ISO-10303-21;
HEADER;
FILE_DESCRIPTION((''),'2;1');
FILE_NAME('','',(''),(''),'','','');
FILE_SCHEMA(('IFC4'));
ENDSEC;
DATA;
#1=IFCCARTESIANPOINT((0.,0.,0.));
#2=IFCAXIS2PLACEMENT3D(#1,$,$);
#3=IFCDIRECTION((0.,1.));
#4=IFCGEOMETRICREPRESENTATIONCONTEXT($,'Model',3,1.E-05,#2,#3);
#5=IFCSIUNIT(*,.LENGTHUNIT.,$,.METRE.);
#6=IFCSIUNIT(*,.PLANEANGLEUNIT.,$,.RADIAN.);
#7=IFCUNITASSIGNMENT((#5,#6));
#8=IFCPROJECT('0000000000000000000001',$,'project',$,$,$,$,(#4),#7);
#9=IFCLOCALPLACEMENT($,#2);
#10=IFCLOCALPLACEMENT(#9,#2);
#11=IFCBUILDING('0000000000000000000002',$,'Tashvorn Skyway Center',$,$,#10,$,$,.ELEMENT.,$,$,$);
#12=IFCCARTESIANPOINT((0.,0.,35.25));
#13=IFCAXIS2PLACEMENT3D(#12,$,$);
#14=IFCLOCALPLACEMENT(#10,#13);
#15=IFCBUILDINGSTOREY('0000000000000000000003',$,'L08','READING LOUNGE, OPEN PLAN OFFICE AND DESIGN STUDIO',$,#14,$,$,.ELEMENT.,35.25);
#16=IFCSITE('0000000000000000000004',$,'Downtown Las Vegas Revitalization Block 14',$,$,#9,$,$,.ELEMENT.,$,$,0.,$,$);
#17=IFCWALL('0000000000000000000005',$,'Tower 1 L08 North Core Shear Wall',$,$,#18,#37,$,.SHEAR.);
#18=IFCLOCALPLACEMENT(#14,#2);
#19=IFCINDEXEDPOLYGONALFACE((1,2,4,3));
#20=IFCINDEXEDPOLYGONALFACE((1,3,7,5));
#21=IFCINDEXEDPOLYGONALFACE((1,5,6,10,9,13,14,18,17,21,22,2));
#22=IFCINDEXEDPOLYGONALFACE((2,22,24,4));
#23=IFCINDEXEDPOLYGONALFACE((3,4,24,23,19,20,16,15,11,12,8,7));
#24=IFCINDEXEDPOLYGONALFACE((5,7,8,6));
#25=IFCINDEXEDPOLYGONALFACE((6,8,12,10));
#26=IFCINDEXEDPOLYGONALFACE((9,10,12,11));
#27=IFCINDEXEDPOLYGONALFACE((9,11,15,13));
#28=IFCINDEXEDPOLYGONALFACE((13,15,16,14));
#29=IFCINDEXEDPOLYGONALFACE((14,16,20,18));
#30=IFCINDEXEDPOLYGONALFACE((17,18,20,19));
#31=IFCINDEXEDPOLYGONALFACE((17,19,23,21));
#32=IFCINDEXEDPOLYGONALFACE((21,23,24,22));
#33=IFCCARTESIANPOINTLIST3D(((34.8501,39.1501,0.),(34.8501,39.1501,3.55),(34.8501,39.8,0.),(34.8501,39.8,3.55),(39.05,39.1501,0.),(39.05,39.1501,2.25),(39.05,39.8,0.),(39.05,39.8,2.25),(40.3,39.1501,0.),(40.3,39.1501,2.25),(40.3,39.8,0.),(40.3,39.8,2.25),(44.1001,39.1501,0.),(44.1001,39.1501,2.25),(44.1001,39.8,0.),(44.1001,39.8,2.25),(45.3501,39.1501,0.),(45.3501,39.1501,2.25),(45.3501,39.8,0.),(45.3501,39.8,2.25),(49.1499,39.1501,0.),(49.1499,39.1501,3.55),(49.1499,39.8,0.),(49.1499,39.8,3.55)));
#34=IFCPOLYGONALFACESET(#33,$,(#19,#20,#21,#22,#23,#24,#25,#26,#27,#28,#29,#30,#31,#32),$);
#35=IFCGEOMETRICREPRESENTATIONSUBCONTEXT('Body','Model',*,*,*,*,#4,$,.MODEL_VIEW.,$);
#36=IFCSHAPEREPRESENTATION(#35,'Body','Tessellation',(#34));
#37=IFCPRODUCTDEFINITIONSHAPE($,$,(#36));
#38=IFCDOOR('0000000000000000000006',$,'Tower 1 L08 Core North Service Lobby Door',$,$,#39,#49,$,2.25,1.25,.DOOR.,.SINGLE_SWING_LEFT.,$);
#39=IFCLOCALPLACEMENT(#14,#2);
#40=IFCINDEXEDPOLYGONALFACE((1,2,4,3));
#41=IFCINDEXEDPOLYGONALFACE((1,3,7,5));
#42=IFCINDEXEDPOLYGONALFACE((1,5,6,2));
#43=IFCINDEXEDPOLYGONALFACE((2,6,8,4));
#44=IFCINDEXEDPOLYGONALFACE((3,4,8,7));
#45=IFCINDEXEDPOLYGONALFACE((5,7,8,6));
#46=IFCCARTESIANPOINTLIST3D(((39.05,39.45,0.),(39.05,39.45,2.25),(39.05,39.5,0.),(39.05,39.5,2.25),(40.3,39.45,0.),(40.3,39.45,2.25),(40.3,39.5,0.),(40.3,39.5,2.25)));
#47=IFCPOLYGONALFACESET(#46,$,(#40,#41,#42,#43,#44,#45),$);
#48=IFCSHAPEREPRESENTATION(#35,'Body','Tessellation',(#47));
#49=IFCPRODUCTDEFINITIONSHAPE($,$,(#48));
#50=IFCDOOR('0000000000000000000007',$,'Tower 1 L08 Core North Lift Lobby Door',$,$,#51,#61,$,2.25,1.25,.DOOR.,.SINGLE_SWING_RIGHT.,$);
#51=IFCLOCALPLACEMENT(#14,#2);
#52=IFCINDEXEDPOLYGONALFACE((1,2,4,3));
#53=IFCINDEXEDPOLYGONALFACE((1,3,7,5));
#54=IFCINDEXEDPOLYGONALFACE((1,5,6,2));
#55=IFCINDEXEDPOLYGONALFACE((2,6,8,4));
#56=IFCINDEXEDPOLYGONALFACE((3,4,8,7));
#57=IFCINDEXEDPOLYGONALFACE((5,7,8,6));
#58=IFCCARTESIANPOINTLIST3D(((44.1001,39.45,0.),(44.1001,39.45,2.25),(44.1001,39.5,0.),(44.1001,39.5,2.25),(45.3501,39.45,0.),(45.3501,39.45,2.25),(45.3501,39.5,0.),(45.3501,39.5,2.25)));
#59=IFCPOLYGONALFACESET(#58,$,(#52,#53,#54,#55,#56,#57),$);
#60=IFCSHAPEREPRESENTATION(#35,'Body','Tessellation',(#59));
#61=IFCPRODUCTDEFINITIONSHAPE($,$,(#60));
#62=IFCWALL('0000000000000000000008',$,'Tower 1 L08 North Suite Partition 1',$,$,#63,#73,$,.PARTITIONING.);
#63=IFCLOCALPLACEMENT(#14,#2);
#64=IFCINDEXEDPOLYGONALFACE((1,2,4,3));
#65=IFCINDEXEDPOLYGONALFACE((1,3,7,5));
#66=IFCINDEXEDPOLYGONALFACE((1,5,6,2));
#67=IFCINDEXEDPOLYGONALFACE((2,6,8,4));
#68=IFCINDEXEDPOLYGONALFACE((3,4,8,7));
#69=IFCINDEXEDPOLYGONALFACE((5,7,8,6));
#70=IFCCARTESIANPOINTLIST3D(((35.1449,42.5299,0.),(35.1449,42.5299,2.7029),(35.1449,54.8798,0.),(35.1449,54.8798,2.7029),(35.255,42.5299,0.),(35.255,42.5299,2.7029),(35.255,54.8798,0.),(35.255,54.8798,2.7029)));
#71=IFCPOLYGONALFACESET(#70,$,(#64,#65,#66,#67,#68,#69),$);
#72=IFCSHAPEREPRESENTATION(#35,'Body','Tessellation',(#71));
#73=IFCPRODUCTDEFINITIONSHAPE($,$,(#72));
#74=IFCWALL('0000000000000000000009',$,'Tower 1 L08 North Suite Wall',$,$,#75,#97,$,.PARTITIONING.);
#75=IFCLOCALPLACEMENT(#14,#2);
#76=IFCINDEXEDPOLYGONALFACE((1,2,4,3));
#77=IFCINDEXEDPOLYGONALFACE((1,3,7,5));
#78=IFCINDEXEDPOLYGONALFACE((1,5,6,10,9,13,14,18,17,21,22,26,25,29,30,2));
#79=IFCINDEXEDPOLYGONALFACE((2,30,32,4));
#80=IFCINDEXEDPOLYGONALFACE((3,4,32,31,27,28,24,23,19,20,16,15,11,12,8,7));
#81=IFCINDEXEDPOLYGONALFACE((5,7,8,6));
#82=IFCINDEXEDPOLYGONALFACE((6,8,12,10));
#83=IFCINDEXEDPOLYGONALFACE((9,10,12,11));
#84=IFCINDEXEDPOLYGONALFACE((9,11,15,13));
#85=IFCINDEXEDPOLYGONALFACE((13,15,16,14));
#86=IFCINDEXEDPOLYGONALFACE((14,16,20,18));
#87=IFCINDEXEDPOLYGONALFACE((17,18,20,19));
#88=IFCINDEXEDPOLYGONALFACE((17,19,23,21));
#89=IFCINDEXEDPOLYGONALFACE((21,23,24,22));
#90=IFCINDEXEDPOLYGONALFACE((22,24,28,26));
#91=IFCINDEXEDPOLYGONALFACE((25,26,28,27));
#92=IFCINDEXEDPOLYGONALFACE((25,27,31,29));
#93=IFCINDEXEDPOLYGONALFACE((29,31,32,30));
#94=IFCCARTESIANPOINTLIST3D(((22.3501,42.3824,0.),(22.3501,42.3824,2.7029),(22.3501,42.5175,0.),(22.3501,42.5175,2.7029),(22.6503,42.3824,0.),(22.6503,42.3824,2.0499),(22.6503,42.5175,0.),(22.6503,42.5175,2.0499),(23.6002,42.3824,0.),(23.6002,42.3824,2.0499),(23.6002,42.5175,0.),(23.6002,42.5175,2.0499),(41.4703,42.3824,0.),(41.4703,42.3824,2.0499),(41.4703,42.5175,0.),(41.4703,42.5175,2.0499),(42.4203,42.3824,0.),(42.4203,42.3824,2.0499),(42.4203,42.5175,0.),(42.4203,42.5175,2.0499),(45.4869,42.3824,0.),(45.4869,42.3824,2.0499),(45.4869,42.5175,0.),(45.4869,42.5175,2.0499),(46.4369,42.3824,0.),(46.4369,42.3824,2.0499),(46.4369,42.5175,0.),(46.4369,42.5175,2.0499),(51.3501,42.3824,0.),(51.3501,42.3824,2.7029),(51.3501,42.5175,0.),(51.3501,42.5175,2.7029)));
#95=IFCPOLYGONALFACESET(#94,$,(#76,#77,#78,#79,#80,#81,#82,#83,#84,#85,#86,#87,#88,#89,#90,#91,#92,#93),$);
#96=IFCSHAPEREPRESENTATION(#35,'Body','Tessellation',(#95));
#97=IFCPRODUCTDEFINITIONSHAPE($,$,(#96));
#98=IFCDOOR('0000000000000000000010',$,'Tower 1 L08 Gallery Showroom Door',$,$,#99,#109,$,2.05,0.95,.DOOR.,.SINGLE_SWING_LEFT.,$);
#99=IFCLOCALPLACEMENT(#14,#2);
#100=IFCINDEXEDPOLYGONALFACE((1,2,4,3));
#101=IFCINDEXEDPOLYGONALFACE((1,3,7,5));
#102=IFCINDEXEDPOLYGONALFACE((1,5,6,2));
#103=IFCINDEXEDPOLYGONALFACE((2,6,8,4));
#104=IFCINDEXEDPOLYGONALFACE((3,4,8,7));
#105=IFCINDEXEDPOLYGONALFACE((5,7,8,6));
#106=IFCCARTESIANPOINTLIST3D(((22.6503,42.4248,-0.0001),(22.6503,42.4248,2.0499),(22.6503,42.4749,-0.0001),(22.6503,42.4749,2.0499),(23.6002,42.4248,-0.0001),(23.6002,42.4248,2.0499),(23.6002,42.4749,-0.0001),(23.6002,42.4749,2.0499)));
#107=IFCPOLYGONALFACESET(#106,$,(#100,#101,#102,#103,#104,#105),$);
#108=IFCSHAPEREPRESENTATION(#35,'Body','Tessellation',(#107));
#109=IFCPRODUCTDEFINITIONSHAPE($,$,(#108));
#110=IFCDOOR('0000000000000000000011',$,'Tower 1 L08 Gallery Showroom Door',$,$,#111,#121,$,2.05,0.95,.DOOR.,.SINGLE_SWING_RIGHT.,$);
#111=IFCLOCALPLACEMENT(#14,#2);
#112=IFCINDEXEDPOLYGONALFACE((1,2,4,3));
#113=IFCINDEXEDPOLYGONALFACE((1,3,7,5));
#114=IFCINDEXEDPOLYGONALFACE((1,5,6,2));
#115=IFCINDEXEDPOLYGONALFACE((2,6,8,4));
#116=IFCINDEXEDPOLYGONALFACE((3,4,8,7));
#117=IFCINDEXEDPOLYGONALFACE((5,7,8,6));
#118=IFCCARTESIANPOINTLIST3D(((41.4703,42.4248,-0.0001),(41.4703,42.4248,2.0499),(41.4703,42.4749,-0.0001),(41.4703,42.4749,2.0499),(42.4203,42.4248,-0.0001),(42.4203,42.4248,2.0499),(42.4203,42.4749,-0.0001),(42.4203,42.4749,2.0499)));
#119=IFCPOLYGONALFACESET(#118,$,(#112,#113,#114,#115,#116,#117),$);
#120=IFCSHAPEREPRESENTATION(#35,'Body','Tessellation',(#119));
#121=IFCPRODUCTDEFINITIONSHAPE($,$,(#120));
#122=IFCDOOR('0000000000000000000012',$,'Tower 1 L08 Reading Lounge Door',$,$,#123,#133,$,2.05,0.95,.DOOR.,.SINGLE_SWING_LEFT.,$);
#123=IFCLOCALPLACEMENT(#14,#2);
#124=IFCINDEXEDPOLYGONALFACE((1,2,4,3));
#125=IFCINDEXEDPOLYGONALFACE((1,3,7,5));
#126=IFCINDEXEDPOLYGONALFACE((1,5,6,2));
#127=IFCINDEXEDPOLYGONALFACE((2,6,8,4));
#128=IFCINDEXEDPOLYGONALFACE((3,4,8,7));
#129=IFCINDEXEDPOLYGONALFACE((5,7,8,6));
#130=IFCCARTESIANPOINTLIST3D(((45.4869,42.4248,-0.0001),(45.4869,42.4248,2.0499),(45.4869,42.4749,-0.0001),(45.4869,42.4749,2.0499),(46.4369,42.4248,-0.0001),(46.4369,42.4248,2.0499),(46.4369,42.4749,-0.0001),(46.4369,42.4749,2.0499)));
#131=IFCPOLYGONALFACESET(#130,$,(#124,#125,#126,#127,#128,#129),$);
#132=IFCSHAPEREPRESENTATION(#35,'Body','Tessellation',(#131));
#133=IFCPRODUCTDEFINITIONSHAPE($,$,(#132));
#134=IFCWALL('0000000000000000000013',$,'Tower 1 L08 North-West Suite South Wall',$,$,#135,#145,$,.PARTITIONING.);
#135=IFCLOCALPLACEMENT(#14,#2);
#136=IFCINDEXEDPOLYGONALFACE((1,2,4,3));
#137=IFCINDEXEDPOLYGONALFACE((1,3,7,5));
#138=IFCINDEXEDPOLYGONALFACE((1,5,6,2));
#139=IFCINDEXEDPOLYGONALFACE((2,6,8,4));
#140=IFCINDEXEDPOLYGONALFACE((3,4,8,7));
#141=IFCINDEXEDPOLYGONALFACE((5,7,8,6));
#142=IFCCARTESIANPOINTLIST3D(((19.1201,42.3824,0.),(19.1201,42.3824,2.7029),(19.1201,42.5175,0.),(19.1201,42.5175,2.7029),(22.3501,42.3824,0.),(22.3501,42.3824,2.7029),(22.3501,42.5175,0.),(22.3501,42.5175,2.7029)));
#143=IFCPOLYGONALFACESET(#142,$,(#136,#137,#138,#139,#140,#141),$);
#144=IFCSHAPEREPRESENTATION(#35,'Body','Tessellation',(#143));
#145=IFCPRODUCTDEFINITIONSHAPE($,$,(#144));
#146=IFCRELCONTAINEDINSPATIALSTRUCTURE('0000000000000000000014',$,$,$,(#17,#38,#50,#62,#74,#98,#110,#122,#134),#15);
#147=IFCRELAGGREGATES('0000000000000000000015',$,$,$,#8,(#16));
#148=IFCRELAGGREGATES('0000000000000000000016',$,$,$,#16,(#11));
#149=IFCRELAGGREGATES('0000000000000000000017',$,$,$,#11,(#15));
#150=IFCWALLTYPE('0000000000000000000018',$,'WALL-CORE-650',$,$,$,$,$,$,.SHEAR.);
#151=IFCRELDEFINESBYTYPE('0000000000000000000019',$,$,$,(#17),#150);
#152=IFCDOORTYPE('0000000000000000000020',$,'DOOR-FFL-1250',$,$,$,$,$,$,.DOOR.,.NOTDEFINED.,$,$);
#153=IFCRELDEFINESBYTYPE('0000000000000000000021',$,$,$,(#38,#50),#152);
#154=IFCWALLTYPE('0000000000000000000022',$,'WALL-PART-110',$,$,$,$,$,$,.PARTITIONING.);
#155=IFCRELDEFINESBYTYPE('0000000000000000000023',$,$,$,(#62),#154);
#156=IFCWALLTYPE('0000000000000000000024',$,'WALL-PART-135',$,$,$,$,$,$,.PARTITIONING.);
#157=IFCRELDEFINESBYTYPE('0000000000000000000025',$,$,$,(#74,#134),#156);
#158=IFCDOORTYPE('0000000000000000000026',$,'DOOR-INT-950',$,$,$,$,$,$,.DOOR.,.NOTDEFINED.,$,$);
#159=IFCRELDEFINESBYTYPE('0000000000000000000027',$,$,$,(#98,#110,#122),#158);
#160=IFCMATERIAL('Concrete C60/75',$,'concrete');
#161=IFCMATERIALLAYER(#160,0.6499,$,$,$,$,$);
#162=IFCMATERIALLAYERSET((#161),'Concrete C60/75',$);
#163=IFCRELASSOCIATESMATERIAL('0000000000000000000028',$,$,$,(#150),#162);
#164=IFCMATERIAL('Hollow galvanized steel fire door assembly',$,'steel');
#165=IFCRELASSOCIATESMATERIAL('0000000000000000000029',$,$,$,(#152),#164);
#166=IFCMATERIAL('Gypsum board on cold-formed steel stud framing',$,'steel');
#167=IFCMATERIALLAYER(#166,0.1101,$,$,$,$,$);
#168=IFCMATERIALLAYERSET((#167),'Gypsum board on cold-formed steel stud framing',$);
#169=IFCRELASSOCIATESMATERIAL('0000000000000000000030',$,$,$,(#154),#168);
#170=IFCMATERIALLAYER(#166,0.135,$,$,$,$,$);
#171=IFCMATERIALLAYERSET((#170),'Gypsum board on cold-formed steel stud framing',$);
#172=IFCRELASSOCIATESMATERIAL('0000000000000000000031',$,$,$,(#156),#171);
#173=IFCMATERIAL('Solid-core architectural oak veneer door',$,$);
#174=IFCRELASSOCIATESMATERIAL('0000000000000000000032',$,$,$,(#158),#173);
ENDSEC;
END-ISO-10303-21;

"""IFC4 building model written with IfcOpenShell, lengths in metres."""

from ifc_helpers import new_model, si_unit, direction, frame, frame_2d, origin, place, context, subcontext, project, spatial, rectangle, extrude, material, layer, layer_set, type_object, element, fill, save


model = new_model("IFC4")

# Units and contexts
model_context = context("Model", 3, precision=1e-05, world=origin(), true_north=direction((0.0, 1.0)))
body_context = subcontext(model_context, "Body", "Model", "MODEL_VIEW")
ifc_project = project(units=[si_unit("LENGTHUNIT", "METRE"), si_unit("PLANEANGLEUNIT", "RADIAN")], contexts=[model_context])

# Site, building, storey
site_placement = place(None, origin())
site = spatial("IfcSite", under=ifc_project, at=site_placement, Name="Downtown Las Vegas Revitalization Block 14", CompositionType="ELEMENT", RefElevation=0.0)
building_placement = place(site_placement, origin())
building = spatial("IfcBuilding", under=site, at=building_placement, Name="Tashvorn Skyway Center", CompositionType="ELEMENT")
storey_placement = place(building_placement, frame((0.0, 0.0, 35.25)))
storey = spatial("IfcBuildingStorey", under=building, at=storey_placement, Name="L08", Description="READING LOUNGE, OPEN PLAN OFFICE AND DESIGN STUDIO", CompositionType="ELEMENT", Elevation=35.25)

# Wall, openings, doors
ifc_material_1 = material(Name="Concrete C60/75", Category="concrete")
ifc_layer_1 = layer(ifc_material_1, 0.6499)
ifc_layer_set_1 = layer_set([ifc_layer_1], Name="Concrete C60/75")
wall_type_1 = type_object("IfcWallType", Name="WALL-CORE-650", PredefinedType="SHEAR", material=ifc_layer_set_1)
wall_1_placement = place(storey_placement, frame((34.8501, 39.4751, 0.0), z_axis=(0.0, 0.0, 1.0), x_axis=(1.0, 0.0, 0.0)))
wall_1 = element("IfcWall", 1, at=wall_1_placement, inside=storey, type_object=wall_type_1, Name="Tower 1 L08 North Core Shear Wall", PredefinedType="SHEAR", context=body_context, shape_type="SweptSolid", body=[
    extrude(rectangle(XDim=14.2998, YDim=0.6499, at=frame_2d((7.1499, 0.0))), origin(), (0.0, 0.0, 1.0), 3.55),
])
opening_1_placement = place(wall_1_placement, frame((4.2, 0.0, 0.0)))
opening_1 = element("IfcOpeningElement", 2, at=opening_1_placement, cuts=wall_1, PredefinedType="OPENING", context=body_context, shape_type="SweptSolid", body=[
    extrude(rectangle(XDim=1.25, YDim=2.25, at=frame_2d((0.625, 1.125))), frame((0.0, 0.335, 0.0), z_axis=(0.0, -1.0, 0.0), x_axis=(1.0, 0.0, 0.0)), (0.0, 0.0, 1.0), 0.6699),
])
opening_2_placement = place(wall_1_placement, frame((9.25, 0.0, 0.0)))
opening_2 = element("IfcOpeningElement", 3, at=opening_2_placement, cuts=wall_1, PredefinedType="OPENING", context=body_context, shape_type="SweptSolid", body=[
    extrude(rectangle(XDim=1.25, YDim=2.25, at=frame_2d((0.625, 1.125))), frame((0.0, 0.335, 0.0), z_axis=(0.0, -1.0, 0.0), x_axis=(1.0, 0.0, 0.0)), (0.0, 0.0, 1.0), 0.6699),
])
ifc_material_2 = material(Name="Hollow galvanized steel fire door assembly", Category="steel")
door_type_1 = type_object("IfcDoorType", Name="DOOR-FFL-1250", OperationType="NOTDEFINED", PredefinedType="DOOR", material=ifc_material_2)
door_1_placement = place(opening_1_placement, origin())
door_1 = element("IfcDoor", 4, at=door_1_placement, inside=storey, type_object=door_type_1, Name="Tower 1 L08 Core North Service Lobby Door", OperationType="SINGLE_SWING_LEFT", OverallHeight=2.25, OverallWidth=1.25, PredefinedType="DOOR", context=body_context, shape_type="SweptSolid", body=[
    extrude(rectangle(XDim=1.25, YDim=2.25, at=frame_2d((0.625, 1.125))), frame((0.0, 0.0249, 0.0), z_axis=(0.0, -1.0, 0.0), x_axis=(1.0, 0.0, 0.0)), (0.0, 0.0, 1.0), 0.05),
])
fill(opening_1, door_1)
door_2_placement = place(opening_2_placement, origin())
door_2 = element("IfcDoor", 5, at=door_2_placement, inside=storey, type_object=door_type_1, Name="Tower 1 L08 Core North Lift Lobby Door", OperationType="SINGLE_SWING_RIGHT", OverallHeight=2.25, OverallWidth=1.25, PredefinedType="DOOR", context=body_context, shape_type="SweptSolid", body=[
    extrude(rectangle(XDim=1.25, YDim=2.25, at=frame_2d((0.625, 1.125))), frame((0.0, 0.0249, 0.0), z_axis=(0.0, -1.0, 0.0), x_axis=(1.0, 0.0, 0.0)), (0.0, 0.0, 1.0), 0.05),
])
fill(opening_2, door_2)

# Wall
ifc_material_3 = material(Name="Gypsum board on cold-formed steel stud framing", Category="steel")
ifc_layer_2 = layer(ifc_material_3, 0.1101)
ifc_layer_set_2 = layer_set([ifc_layer_2], Name="Gypsum board on cold-formed steel stud framing")
wall_type_2 = type_object("IfcWallType", Name="WALL-PART-110", PredefinedType="PARTITIONING", material=ifc_layer_set_2)
wall_2_placement = place(storey_placement, frame((35.2, 42.53, 0.0), z_axis=(0.0, 0.0, 1.0), x_axis=(0.0, 1.0, 0.0)))
element("IfcWall", 6, at=wall_2_placement, inside=storey, type_object=wall_type_2, Name="Tower 1 L08 North Suite Partition 1", PredefinedType="PARTITIONING", context=body_context, shape_type="SweptSolid", body=[
    extrude(rectangle(XDim=12.3499, YDim=0.1101, at=frame_2d((6.1748, 0.0))), origin(), (0.0, 0.0, 1.0), 2.7029),
])

# Wall, openings, doors
ifc_layer_3 = layer(ifc_material_3, 0.135)
ifc_layer_set_3 = layer_set([ifc_layer_3], Name="Gypsum board on cold-formed steel stud framing")
wall_type_3 = type_object("IfcWallType", Name="WALL-PART-135", PredefinedType="PARTITIONING", material=ifc_layer_set_3)
wall_3_placement = place(storey_placement, frame((22.3501, 42.45, 0.0), z_axis=(0.0, 0.0, 1.0), x_axis=(1.0, 0.0, 0.0)))
wall_3 = element("IfcWall", 7, at=wall_3_placement, inside=storey, type_object=wall_type_3, Name="Tower 1 L08 North Suite Wall", PredefinedType="PARTITIONING", context=body_context, shape_type="SweptSolid", body=[
    extrude(rectangle(XDim=29.0, YDim=0.135, at=frame_2d((14.5, 0.0))), origin(), (0.0, 0.0, 1.0), 2.7029),
])
opening_3_placement = place(wall_3_placement, frame((0.3, 0.0, 0.0)))
opening_3 = element("IfcOpeningElement", 8, at=opening_3_placement, cuts=wall_3, PredefinedType="OPENING", context=body_context, shape_type="SweptSolid", body=[
    extrude(rectangle(XDim=0.95, YDim=2.05, at=frame_2d((0.4751, 1.0249))), frame((0.0, 0.0774, 0.0), z_axis=(0.0, -1.0, 0.0), x_axis=(1.0, 0.0, 0.0)), (0.0, 0.0, 1.0), 0.155),
])
opening_4_placement = place(wall_3_placement, frame((19.1201, 0.0, 0.0)))
opening_4 = element("IfcOpeningElement", 9, at=opening_4_placement, cuts=wall_3, PredefinedType="OPENING", context=body_context, shape_type="SweptSolid", body=[
    extrude(rectangle(XDim=0.95, YDim=2.05, at=frame_2d((0.4751, 1.0249))), frame((0.0, 0.0774, 0.0), z_axis=(0.0, -1.0, 0.0), x_axis=(1.0, 0.0, 0.0)), (0.0, 0.0, 1.0), 0.155),
])
opening_5_placement = place(wall_3_placement, frame((23.1367, 0.0, 0.0)))
opening_5 = element("IfcOpeningElement", 10, at=opening_5_placement, cuts=wall_3, PredefinedType="OPENING", context=body_context, shape_type="SweptSolid", body=[
    extrude(rectangle(XDim=0.95, YDim=2.05, at=frame_2d((0.4751, 1.0249))), frame((0.0, 0.0774, 0.0), z_axis=(0.0, -1.0, 0.0), x_axis=(1.0, 0.0, 0.0)), (0.0, 0.0, 1.0), 0.155),
])
ifc_material_4 = material(Name="Solid-core architectural oak veneer door")
door_type_2 = type_object("IfcDoorType", Name="DOOR-INT-950", OperationType="NOTDEFINED", PredefinedType="DOOR", material=ifc_material_4)
door_3_placement = place(opening_3_placement, origin())
door_3 = element("IfcDoor", 11, at=door_3_placement, inside=storey, type_object=door_type_2, Name="Tower 1 L08 Gallery Showroom Door", OperationType="SINGLE_SWING_LEFT", OverallHeight=2.05, OverallWidth=0.95, PredefinedType="DOOR", context=body_context, shape_type="SweptSolid", body=[
    extrude(rectangle(XDim=0.95, YDim=2.05, at=frame_2d((0.4751, 1.0249))), frame((0.0, 0.0249, 0.0), z_axis=(0.0, -1.0, 0.0), x_axis=(1.0, 0.0, 0.0)), (0.0, 0.0, 1.0), 0.05),
])
fill(opening_3, door_3)
door_4_placement = place(opening_4_placement, origin())
door_4 = element("IfcDoor", 12, at=door_4_placement, inside=storey, type_object=door_type_2, Name="Tower 1 L08 Gallery Showroom Door", OperationType="SINGLE_SWING_RIGHT", OverallHeight=2.05, OverallWidth=0.95, PredefinedType="DOOR", context=body_context, shape_type="SweptSolid", body=[
    extrude(rectangle(XDim=0.95, YDim=2.05, at=frame_2d((0.4751, 1.0249))), frame((0.0, 0.0249, 0.0), z_axis=(0.0, -1.0, 0.0), x_axis=(1.0, 0.0, 0.0)), (0.0, 0.0, 1.0), 0.05),
])
fill(opening_4, door_4)
door_5_placement = place(opening_5_placement, origin())
door_5 = element("IfcDoor", 13, at=door_5_placement, inside=storey, type_object=door_type_2, Name="Tower 1 L08 Reading Lounge Door", OperationType="SINGLE_SWING_LEFT", OverallHeight=2.05, OverallWidth=0.95, PredefinedType="DOOR", context=body_context, shape_type="SweptSolid", body=[
    extrude(rectangle(XDim=0.95, YDim=2.05, at=frame_2d((0.4751, 1.0249))), frame((0.0, 0.0249, 0.0), z_axis=(0.0, -1.0, 0.0), x_axis=(1.0, 0.0, 0.0)), (0.0, 0.0, 1.0), 0.05),
])
fill(opening_5, door_5)

# Wall
wall_4_placement = place(storey_placement, frame((19.1201, 42.45, 0.0), z_axis=(0.0, 0.0, 1.0), x_axis=(1.0, 0.0, 0.0)))
element("IfcWall", 14, at=wall_4_placement, inside=storey, type_object=wall_type_3, Name="Tower 1 L08 North-West Suite South Wall", PredefinedType="PARTITIONING", context=body_context, shape_type="SweptSolid", body=[
    extrude(rectangle(XDim=3.23, YDim=0.135, at=frame_2d((1.615, 0.0))), origin(), (0.0, 0.0, 1.0), 2.7029),
])

save(model, "model.ifc")
